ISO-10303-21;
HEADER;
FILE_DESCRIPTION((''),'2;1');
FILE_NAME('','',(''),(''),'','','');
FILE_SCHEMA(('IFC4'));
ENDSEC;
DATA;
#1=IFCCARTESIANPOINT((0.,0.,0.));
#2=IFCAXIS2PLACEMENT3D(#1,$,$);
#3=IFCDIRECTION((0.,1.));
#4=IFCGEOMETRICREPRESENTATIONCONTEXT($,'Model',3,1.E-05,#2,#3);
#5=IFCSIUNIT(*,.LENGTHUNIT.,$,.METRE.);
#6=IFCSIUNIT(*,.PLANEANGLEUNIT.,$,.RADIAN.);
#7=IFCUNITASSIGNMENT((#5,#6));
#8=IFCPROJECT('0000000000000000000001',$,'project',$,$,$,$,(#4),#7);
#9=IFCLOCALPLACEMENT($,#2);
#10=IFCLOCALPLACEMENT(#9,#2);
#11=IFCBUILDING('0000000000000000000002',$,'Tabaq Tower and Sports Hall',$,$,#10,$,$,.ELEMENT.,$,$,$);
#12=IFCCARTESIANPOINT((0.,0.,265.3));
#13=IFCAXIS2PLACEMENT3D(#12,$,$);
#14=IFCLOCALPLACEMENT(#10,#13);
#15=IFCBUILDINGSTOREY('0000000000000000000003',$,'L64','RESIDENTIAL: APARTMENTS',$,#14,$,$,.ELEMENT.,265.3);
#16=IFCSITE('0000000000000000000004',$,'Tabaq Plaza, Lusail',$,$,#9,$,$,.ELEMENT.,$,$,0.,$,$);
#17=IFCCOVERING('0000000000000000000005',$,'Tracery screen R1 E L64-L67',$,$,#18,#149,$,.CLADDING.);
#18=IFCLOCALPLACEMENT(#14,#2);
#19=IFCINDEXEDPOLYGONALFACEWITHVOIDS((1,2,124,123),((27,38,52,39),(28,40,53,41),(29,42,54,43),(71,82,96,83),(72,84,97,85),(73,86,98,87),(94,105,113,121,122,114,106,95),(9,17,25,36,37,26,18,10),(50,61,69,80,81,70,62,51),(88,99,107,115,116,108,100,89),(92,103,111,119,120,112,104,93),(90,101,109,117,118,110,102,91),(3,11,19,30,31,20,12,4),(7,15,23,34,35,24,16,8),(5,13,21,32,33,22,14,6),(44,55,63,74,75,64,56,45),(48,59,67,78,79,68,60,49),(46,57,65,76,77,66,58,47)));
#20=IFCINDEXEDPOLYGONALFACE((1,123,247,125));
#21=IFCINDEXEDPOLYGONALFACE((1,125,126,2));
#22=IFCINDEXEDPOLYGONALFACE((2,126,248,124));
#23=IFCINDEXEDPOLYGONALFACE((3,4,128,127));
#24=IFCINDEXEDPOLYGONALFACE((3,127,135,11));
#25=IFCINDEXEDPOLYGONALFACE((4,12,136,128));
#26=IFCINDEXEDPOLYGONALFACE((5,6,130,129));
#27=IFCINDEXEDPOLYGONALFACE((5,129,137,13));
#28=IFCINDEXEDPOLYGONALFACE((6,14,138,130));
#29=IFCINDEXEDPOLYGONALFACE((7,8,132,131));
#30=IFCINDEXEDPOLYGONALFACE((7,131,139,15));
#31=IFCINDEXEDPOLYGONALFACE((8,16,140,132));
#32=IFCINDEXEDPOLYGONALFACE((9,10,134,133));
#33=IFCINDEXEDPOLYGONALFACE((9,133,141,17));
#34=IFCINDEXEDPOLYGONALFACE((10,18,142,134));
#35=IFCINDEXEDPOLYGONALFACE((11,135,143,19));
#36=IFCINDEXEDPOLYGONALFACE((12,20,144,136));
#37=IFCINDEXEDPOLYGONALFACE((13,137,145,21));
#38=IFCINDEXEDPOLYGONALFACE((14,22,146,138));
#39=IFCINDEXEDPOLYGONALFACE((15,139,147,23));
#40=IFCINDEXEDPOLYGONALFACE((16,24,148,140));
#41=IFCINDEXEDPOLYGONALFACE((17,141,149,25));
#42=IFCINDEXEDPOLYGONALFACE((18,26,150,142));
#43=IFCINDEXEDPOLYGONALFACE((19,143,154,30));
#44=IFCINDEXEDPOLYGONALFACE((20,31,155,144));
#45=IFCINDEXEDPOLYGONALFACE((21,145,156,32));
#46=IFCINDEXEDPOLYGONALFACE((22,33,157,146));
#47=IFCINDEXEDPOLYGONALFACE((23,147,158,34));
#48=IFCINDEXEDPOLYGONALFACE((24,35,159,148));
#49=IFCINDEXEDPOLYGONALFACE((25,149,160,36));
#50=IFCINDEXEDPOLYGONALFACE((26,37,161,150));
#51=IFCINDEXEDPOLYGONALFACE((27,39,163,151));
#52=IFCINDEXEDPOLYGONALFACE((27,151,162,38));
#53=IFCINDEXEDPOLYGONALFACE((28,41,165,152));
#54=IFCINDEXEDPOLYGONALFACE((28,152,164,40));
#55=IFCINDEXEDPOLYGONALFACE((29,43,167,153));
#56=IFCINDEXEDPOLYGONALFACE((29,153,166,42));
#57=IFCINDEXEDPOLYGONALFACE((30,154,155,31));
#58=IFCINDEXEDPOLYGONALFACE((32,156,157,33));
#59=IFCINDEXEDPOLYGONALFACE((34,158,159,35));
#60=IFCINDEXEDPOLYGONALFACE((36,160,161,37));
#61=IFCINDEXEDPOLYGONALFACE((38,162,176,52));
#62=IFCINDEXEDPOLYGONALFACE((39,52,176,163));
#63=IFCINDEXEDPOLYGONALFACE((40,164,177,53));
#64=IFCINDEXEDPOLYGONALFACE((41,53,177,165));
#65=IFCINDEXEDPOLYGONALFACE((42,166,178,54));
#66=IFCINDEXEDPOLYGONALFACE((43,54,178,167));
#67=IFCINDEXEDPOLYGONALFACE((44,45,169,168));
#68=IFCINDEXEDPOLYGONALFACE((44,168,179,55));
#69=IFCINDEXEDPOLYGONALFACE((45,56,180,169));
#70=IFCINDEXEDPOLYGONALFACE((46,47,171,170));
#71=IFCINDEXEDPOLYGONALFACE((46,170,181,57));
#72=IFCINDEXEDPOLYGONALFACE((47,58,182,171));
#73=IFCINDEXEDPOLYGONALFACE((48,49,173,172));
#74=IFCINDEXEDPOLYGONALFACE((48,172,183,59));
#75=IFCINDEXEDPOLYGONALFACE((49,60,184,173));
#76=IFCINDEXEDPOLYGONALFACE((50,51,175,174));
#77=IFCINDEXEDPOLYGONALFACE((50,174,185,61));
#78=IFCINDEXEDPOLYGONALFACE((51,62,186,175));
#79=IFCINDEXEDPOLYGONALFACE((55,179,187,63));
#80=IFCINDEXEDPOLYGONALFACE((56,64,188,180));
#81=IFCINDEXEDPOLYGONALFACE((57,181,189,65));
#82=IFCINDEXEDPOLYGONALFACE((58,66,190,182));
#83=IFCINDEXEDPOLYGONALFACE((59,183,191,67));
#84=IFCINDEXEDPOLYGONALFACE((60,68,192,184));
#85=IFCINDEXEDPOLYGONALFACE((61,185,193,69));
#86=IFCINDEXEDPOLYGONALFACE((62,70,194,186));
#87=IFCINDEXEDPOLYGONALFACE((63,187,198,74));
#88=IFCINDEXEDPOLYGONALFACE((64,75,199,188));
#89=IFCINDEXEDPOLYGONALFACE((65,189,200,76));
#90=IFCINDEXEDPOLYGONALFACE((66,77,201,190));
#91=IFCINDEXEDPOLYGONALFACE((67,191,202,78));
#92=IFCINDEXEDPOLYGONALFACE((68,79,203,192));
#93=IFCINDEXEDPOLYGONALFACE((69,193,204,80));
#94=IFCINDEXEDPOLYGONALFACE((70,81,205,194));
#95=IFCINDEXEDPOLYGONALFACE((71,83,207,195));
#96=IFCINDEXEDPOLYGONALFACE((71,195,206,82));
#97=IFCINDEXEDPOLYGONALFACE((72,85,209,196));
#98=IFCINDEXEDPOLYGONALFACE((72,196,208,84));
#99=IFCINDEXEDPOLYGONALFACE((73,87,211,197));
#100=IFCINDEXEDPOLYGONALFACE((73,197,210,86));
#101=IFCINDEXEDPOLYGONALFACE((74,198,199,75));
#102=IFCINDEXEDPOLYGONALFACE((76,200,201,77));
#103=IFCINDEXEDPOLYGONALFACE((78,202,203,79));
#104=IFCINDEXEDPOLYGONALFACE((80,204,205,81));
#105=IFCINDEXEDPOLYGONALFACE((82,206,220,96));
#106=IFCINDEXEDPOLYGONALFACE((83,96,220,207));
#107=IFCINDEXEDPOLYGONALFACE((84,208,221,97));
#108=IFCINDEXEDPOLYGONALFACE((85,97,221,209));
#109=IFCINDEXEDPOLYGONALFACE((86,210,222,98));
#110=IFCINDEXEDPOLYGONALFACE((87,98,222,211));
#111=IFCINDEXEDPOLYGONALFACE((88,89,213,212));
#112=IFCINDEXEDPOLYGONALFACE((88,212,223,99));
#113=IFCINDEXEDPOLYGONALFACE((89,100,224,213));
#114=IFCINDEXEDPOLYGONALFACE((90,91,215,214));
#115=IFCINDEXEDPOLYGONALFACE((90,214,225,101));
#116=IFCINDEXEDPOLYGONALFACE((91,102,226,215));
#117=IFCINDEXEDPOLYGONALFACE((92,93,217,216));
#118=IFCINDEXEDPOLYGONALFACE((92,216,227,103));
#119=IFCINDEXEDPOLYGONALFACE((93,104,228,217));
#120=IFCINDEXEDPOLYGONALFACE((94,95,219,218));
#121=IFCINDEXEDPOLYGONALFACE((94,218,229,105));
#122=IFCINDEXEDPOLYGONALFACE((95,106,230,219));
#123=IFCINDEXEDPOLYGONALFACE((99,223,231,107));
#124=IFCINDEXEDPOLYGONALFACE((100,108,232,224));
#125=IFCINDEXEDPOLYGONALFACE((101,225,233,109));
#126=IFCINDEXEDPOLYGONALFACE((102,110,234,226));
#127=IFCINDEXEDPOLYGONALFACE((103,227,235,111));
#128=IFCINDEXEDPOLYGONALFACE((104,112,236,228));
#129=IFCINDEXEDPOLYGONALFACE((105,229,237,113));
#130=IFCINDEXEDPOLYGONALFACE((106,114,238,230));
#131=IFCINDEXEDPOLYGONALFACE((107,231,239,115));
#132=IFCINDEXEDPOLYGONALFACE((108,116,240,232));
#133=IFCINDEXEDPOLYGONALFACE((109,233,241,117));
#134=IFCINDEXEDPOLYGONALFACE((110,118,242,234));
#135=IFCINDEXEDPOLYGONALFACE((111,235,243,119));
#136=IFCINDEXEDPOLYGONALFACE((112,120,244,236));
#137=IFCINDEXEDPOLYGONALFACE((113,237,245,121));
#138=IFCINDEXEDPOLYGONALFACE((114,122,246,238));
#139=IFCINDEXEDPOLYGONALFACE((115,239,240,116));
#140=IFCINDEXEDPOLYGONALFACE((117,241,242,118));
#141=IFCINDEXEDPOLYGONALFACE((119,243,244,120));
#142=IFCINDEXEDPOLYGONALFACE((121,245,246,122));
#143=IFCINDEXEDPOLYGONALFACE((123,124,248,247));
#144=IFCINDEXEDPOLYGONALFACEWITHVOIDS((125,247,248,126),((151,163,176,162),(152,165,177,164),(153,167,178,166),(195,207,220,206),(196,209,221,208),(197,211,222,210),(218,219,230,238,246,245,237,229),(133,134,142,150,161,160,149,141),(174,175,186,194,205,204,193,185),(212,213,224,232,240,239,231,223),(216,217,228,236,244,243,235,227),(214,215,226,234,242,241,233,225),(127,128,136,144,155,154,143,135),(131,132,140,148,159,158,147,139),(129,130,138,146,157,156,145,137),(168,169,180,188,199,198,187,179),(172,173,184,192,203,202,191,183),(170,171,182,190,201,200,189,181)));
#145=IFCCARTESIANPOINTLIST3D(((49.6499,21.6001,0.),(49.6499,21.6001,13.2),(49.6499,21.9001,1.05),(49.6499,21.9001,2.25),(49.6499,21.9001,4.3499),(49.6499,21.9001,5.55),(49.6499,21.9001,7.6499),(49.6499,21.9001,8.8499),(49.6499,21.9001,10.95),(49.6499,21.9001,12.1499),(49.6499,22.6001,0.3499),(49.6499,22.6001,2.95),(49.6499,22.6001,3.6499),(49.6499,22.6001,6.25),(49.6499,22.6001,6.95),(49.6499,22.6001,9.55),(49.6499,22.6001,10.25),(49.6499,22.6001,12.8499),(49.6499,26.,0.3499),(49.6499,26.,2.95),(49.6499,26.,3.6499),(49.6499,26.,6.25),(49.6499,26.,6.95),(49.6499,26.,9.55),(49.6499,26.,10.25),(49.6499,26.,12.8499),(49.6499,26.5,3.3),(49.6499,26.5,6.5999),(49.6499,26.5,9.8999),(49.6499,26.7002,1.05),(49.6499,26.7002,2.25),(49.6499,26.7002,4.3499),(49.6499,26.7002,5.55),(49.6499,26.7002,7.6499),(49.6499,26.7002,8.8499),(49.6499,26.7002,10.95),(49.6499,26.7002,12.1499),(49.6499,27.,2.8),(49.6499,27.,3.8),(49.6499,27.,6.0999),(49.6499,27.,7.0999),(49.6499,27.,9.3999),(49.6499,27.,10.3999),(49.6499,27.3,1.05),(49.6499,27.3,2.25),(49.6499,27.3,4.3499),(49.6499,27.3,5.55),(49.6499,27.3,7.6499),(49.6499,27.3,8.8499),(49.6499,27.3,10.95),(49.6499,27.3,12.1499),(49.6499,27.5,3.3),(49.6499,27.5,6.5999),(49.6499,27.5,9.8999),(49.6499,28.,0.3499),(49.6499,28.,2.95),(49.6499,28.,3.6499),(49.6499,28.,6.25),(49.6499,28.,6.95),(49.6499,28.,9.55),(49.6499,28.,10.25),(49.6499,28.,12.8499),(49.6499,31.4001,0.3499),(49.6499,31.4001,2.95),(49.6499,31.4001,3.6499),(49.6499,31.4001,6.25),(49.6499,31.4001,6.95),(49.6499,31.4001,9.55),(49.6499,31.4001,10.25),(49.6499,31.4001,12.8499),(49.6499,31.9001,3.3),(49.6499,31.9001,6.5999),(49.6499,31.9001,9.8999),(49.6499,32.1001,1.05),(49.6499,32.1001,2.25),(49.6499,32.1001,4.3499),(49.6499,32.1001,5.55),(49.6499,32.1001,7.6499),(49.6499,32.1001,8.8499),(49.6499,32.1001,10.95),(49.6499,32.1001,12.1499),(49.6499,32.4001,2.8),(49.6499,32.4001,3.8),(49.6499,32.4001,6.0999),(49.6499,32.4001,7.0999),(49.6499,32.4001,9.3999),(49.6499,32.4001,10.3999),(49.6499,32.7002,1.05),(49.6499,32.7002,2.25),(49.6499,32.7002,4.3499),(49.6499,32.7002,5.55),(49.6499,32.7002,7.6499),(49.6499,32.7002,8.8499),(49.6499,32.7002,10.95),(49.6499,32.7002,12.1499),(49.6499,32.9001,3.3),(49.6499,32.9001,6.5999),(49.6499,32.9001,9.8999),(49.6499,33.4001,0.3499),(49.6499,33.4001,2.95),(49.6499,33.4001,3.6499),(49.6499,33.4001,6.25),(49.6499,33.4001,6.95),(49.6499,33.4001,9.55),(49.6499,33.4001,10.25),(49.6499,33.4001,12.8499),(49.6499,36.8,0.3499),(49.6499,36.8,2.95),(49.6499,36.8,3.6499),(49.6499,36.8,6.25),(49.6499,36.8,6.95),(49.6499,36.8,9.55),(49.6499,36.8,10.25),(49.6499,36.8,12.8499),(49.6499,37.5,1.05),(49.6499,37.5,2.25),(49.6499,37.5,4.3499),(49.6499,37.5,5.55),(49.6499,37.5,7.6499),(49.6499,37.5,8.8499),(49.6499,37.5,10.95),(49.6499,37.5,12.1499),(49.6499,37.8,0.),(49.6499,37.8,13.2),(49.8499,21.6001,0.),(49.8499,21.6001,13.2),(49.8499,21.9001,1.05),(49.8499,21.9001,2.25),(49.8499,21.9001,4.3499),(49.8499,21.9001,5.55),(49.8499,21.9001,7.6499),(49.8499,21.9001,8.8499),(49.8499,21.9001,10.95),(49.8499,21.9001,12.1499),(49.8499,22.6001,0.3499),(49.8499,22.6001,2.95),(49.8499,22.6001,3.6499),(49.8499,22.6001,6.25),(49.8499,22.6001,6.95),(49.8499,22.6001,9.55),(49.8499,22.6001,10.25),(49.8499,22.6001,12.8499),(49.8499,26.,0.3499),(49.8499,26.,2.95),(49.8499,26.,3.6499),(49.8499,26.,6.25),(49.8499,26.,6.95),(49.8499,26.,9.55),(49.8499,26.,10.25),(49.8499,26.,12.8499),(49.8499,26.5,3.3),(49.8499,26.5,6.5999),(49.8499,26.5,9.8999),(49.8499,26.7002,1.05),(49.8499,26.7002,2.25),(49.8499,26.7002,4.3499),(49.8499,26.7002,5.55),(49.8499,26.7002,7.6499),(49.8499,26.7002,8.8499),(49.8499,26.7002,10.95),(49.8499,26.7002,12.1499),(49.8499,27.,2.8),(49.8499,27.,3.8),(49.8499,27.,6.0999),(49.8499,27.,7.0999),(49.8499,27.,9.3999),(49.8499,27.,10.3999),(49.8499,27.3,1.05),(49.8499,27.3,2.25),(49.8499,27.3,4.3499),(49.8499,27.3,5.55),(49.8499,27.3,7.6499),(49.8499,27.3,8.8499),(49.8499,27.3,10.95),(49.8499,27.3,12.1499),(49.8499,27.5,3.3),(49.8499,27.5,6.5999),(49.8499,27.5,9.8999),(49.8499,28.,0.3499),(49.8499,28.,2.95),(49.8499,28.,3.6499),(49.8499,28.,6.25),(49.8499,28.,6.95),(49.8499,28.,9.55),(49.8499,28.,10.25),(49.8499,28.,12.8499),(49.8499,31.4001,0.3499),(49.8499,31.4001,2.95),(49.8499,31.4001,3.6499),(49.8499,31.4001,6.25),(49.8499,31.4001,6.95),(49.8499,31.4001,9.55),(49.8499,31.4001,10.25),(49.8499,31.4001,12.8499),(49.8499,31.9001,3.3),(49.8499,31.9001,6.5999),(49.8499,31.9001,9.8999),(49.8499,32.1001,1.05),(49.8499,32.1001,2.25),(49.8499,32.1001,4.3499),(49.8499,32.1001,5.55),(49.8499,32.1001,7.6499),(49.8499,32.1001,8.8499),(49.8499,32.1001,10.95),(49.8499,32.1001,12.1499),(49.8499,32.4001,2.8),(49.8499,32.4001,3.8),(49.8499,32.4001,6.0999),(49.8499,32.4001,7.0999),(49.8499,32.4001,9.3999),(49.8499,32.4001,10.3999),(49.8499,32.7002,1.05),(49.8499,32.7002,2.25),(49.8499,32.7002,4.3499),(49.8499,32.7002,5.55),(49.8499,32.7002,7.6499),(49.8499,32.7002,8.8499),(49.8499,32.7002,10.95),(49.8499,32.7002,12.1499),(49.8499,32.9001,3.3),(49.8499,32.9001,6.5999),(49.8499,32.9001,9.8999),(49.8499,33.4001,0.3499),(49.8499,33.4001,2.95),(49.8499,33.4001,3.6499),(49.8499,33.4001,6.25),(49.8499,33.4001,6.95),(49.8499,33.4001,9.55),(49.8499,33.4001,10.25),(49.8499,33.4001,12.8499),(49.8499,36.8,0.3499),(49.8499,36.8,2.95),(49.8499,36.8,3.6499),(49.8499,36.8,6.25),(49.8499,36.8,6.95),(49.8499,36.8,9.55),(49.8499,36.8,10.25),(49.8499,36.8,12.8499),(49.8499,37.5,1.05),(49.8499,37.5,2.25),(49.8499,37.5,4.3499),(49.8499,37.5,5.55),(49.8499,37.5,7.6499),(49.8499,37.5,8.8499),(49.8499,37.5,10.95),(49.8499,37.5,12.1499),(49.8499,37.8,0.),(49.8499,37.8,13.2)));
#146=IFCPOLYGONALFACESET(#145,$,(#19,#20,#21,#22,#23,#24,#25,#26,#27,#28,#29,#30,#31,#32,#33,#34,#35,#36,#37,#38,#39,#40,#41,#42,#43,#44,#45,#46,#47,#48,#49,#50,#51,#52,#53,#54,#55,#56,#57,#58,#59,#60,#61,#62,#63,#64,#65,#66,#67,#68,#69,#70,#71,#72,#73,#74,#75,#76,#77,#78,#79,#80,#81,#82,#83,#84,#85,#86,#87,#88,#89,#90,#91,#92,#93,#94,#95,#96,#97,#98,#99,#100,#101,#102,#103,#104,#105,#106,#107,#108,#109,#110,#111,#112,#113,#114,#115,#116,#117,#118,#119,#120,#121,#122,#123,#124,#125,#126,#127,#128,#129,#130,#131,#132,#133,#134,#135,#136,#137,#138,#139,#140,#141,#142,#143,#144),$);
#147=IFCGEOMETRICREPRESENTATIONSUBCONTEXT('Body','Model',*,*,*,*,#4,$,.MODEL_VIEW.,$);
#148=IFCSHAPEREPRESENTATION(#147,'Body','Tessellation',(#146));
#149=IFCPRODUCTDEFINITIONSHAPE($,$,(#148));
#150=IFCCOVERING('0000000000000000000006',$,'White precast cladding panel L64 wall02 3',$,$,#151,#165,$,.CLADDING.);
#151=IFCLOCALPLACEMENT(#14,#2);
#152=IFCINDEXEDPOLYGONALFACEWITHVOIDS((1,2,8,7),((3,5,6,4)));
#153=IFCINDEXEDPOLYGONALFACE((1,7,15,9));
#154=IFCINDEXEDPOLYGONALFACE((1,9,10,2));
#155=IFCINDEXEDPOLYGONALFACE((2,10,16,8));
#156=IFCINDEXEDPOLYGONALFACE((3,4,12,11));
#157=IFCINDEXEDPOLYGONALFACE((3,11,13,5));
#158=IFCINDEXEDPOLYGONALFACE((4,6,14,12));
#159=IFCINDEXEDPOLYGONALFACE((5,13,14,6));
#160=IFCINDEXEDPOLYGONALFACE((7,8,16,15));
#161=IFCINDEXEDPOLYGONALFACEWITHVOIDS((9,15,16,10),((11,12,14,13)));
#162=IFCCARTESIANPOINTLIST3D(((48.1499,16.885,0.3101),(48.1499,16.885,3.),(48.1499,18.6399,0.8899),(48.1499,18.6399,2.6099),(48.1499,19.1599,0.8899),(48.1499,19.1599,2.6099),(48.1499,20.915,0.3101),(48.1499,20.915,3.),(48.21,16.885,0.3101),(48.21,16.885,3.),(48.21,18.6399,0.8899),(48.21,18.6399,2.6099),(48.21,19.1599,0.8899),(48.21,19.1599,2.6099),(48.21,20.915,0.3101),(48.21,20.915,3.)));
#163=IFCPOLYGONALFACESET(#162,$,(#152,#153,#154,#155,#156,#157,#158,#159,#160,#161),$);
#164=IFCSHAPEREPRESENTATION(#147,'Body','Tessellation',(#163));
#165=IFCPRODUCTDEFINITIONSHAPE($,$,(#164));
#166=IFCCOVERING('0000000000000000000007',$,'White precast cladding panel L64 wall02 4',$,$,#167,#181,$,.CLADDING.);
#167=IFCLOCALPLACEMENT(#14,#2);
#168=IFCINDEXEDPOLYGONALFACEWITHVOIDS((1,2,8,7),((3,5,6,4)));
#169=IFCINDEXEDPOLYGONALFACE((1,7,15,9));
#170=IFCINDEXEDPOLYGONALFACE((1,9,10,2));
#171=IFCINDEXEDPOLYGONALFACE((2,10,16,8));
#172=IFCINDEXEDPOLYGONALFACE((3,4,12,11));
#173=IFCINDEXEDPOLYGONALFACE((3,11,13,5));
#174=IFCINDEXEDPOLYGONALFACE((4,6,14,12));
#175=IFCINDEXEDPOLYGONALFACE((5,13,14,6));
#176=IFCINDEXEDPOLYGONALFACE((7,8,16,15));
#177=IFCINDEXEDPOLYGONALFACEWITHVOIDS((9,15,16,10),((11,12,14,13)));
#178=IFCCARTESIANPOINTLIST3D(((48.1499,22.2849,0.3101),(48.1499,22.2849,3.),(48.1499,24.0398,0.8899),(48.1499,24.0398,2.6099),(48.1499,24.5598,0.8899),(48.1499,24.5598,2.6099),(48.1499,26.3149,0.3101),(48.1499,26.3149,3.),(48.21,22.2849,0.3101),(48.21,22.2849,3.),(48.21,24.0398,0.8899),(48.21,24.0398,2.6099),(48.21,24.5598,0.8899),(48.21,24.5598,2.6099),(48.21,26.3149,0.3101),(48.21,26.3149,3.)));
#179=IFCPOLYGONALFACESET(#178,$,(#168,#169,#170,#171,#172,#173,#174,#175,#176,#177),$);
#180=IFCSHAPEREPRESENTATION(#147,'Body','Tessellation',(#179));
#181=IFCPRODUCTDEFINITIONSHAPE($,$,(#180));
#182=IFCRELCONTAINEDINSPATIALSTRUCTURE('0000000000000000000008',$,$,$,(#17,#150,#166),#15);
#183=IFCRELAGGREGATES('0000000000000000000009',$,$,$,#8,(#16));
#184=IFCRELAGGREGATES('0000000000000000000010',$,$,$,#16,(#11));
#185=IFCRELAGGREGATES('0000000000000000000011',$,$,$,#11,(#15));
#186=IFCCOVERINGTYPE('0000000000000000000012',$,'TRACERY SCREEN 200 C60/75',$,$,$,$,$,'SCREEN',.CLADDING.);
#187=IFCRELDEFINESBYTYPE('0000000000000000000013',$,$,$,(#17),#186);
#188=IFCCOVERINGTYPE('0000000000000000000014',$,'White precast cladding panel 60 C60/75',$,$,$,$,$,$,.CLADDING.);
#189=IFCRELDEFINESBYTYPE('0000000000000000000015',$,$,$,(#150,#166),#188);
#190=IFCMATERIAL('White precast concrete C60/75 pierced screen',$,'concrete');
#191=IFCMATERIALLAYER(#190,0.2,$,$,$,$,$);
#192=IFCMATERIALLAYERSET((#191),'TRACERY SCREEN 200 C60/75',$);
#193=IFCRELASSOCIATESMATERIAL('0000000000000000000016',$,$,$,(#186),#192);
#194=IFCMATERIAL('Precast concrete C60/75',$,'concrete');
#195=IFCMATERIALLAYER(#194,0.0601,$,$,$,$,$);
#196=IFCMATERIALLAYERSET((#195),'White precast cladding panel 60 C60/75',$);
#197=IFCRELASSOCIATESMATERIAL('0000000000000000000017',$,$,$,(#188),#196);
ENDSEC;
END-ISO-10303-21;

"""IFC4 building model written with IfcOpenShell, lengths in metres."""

from ifc_helpers import new_model, si_unit, direction, frame, origin, place, context, subcontext, project, spatial, polyline, outline, extrude, material, layer, layer_set, type_object, element, save


model = new_model("IFC4")

# Units and contexts
model_context = context("Model", 3, precision=1e-05, world=origin(), true_north=direction((0.0, 1.0)))
body_context = subcontext(model_context, "Body", "Model", "MODEL_VIEW")
ifc_project = project(units=[si_unit("LENGTHUNIT", "METRE"), si_unit("PLANEANGLEUNIT", "RADIAN")], contexts=[model_context])

# Site, building, storey
site_placement = place(None, origin())
site = spatial("IfcSite", under=ifc_project, at=site_placement, Name="Tabaq Plaza, Lusail", CompositionType="ELEMENT", RefElevation=0.0)
building_placement = place(site_placement, origin())
building = spatial("IfcBuilding", under=site, at=building_placement, Name="Tabaq Tower and Sports Hall", CompositionType="ELEMENT")
storey_placement = place(building_placement, frame((0.0, 0.0, 265.3)))
storey = spatial("IfcBuildingStorey", under=building, at=storey_placement, Name="L64", Description="RESIDENTIAL: APARTMENTS", CompositionType="ELEMENT", Elevation=265.3)

# Coverings
ifc_material_1 = material(Name="White precast concrete C60/75 pierced screen", Category="concrete")
ifc_layer_1 = layer(ifc_material_1, 0.2)
ifc_layer_set_1 = layer_set([ifc_layer_1], Name="TRACERY SCREEN 200 C60/75")
covering_type_1 = type_object("IfcCoveringType", Name="TRACERY SCREEN 200 C60/75", ElementType="SCREEN", PredefinedType="CLADDING", material=ifc_layer_set_1)
covering_1_placement = place(storey_placement, frame((49.75, 21.6001, 0.0), z_axis=(0.0, 0.0, 1.0), x_axis=(0.0, 1.0, 0.0)))
element("IfcCovering", 1, at=covering_1_placement, inside=storey, type_object=covering_type_1, Name="Tracery screen R1 E L64-L67", PredefinedType="CLADDING", context=body_context, shape_type="SweptSolid", body=[
    extrude(outline(polyline([(0.0, 0.0), (16.2, 0.0), (16.2, 13.2), (0.0, 13.2), (0.0, 0.0)]), holes=[polyline([(1.0, 0.3499), (4.3999, 0.3499), (5.1001, 1.05), (5.1001, 2.25), (4.3999, 2.95), (1.0, 2.95), (0.3, 2.25), (0.3, 1.05), (1.0, 0.3499)]), polyline([(6.3999, 0.3499), (9.8, 0.3499), (10.5, 1.05), (10.5, 2.25), (9.8, 2.95), (6.3999, 2.95), (5.7, 2.25), (5.7, 1.05), (6.3999, 0.3499)]), polyline([(11.8, 0.3499), (15.2, 0.3499), (15.8999, 1.05), (15.8999, 2.25), (15.2, 2.95), (11.8, 2.95), (11.1001, 2.25), (11.1001, 1.05), (11.8, 0.3499)]), polyline([(1.0, 3.6499), (4.3999, 3.6499), (5.1001, 4.3499), (5.1001, 5.55), (4.3999, 6.25), (1.0, 6.25), (0.3, 5.55), (0.3, 4.3499), (1.0, 3.6499)]), polyline([(6.3999, 3.6499), (9.8, 3.6499), (10.5, 4.3499), (10.5, 5.55), (9.8, 6.25), (6.3999, 6.25), (5.7, 5.55), (5.7, 4.3499), (6.3999, 3.6499)]), polyline([(11.8, 3.6499), (15.2, 3.6499), (15.8999, 4.3499), (15.8999, 5.55), (15.2, 6.25), (11.8, 6.25), (11.1001, 5.55), (11.1001, 4.3499), (11.8, 3.6499)]), polyline([(1.0, 6.95), (4.3999, 6.95), (5.1001, 7.6499), (5.1001, 8.8499), (4.3999, 9.55), (1.0, 9.55), (0.3, 8.8499), (0.3, 7.6499), (1.0, 6.95)]), polyline([(6.3999, 6.95), (9.8, 6.95), (10.5, 7.6499), (10.5, 8.8499), (9.8, 9.55), (6.3999, 9.55), (5.7, 8.8499), (5.7, 7.6499), (6.3999, 6.95)]), polyline([(11.8, 6.95), (15.2, 6.95), (15.8999, 7.6499), (15.8999, 8.8499), (15.2, 9.55), (11.8, 9.55), (11.1001, 8.8499), (11.1001, 7.6499), (11.8, 6.95)]), polyline([(1.0, 10.25), (4.3999, 10.25), (5.1001, 10.95), (5.1001, 12.1499), (4.3999, 12.8499), (1.0, 12.8499), (0.3, 12.1499), (0.3, 10.95), (1.0, 10.25)]), polyline([(6.3999, 10.25), (9.8, 10.25), (10.5, 10.95), (10.5, 12.1499), (9.8, 12.8499), (6.3999, 12.8499), (5.7, 12.1499), (5.7, 10.95), (6.3999, 10.25)]), polyline([(11.8, 10.25), (15.2, 10.25), (15.8999, 10.95), (15.8999, 12.1499), (15.2, 12.8499), (11.8, 12.8499), (11.1001, 12.1499), (11.1001, 10.95), (11.8, 10.25)]), polyline([(5.8999, 3.3), (5.3999, 3.8), (4.8999, 3.3), (5.3999, 2.8), (5.8999, 3.3)]), polyline([(11.3, 3.3), (10.8, 3.8), (10.3, 3.3), (10.8, 2.8), (11.3, 3.3)]), polyline([(5.8999, 6.5999), (5.3999, 7.0999), (4.8999, 6.5999), (5.3999, 6.0999), (5.8999, 6.5999)]), polyline([(11.3, 6.5999), (10.8, 7.0999), (10.3, 6.5999), (10.8, 6.0999), (11.3, 6.5999)]), polyline([(5.8999, 9.8999), (5.3999, 10.3999), (4.8999, 9.8999), (5.3999, 9.3999), (5.8999, 9.8999)]), polyline([(11.3, 9.8999), (10.8, 10.3999), (10.3, 9.8999), (10.8, 9.3999), (11.3, 9.8999)])]), frame((0.0, 0.1001, 0.0), z_axis=(0.0, -1.0, 0.0), x_axis=(1.0, 0.0, 0.0)), (0.0, 0.0, 1.0), 0.2),
])
ifc_material_2 = material(Name="Precast concrete C60/75", Category="concrete")
ifc_layer_2 = layer(ifc_material_2, 0.0601)
ifc_layer_set_2 = layer_set([ifc_layer_2], Name="White precast cladding panel 60 C60/75")
covering_type_2 = type_object("IfcCoveringType", Name="White precast cladding panel 60 C60/75", PredefinedType="CLADDING", material=ifc_layer_set_2)
for number, where, z_axis, x_axis, name in (
    (2, (48.1799, 16.885, 0.3101), (0.0, 0.0, 1.0), (0.0, 1.0, 0.0), "White precast cladding panel L64 wall02 3"),
    (3, (48.1799, 22.2849, 0.3101), (0.0, 0.0, 1.0), (0.0, 1.0, 0.0), "White precast cladding panel L64 wall02 4"),
):
    element("IfcCovering", number, at=place(storey_placement, frame(where, z_axis=z_axis, x_axis=x_axis)), inside=storey, type_object=covering_type_2, Name=name, PredefinedType="CLADDING", context=body_context, shape_type="SweptSolid", body=[
        extrude(outline(polyline([(0.0, 0.0), (4.03, 0.0), (4.03, 2.6899), (0.0, 2.6899), (0.0, 0.0)]), holes=[polyline([(1.7549, 0.5798), (1.7549, 2.2998), (2.2749, 2.2998), (2.2749, 0.5798), (1.7549, 0.5798)])]), frame((0.0, 0.03, 0.0), z_axis=(0.0, -1.0, 0.0), x_axis=(1.0, 0.0, 0.0)), (0.0, 0.0, 1.0), 0.0601),
    ])

save(model, "model.ifc")
